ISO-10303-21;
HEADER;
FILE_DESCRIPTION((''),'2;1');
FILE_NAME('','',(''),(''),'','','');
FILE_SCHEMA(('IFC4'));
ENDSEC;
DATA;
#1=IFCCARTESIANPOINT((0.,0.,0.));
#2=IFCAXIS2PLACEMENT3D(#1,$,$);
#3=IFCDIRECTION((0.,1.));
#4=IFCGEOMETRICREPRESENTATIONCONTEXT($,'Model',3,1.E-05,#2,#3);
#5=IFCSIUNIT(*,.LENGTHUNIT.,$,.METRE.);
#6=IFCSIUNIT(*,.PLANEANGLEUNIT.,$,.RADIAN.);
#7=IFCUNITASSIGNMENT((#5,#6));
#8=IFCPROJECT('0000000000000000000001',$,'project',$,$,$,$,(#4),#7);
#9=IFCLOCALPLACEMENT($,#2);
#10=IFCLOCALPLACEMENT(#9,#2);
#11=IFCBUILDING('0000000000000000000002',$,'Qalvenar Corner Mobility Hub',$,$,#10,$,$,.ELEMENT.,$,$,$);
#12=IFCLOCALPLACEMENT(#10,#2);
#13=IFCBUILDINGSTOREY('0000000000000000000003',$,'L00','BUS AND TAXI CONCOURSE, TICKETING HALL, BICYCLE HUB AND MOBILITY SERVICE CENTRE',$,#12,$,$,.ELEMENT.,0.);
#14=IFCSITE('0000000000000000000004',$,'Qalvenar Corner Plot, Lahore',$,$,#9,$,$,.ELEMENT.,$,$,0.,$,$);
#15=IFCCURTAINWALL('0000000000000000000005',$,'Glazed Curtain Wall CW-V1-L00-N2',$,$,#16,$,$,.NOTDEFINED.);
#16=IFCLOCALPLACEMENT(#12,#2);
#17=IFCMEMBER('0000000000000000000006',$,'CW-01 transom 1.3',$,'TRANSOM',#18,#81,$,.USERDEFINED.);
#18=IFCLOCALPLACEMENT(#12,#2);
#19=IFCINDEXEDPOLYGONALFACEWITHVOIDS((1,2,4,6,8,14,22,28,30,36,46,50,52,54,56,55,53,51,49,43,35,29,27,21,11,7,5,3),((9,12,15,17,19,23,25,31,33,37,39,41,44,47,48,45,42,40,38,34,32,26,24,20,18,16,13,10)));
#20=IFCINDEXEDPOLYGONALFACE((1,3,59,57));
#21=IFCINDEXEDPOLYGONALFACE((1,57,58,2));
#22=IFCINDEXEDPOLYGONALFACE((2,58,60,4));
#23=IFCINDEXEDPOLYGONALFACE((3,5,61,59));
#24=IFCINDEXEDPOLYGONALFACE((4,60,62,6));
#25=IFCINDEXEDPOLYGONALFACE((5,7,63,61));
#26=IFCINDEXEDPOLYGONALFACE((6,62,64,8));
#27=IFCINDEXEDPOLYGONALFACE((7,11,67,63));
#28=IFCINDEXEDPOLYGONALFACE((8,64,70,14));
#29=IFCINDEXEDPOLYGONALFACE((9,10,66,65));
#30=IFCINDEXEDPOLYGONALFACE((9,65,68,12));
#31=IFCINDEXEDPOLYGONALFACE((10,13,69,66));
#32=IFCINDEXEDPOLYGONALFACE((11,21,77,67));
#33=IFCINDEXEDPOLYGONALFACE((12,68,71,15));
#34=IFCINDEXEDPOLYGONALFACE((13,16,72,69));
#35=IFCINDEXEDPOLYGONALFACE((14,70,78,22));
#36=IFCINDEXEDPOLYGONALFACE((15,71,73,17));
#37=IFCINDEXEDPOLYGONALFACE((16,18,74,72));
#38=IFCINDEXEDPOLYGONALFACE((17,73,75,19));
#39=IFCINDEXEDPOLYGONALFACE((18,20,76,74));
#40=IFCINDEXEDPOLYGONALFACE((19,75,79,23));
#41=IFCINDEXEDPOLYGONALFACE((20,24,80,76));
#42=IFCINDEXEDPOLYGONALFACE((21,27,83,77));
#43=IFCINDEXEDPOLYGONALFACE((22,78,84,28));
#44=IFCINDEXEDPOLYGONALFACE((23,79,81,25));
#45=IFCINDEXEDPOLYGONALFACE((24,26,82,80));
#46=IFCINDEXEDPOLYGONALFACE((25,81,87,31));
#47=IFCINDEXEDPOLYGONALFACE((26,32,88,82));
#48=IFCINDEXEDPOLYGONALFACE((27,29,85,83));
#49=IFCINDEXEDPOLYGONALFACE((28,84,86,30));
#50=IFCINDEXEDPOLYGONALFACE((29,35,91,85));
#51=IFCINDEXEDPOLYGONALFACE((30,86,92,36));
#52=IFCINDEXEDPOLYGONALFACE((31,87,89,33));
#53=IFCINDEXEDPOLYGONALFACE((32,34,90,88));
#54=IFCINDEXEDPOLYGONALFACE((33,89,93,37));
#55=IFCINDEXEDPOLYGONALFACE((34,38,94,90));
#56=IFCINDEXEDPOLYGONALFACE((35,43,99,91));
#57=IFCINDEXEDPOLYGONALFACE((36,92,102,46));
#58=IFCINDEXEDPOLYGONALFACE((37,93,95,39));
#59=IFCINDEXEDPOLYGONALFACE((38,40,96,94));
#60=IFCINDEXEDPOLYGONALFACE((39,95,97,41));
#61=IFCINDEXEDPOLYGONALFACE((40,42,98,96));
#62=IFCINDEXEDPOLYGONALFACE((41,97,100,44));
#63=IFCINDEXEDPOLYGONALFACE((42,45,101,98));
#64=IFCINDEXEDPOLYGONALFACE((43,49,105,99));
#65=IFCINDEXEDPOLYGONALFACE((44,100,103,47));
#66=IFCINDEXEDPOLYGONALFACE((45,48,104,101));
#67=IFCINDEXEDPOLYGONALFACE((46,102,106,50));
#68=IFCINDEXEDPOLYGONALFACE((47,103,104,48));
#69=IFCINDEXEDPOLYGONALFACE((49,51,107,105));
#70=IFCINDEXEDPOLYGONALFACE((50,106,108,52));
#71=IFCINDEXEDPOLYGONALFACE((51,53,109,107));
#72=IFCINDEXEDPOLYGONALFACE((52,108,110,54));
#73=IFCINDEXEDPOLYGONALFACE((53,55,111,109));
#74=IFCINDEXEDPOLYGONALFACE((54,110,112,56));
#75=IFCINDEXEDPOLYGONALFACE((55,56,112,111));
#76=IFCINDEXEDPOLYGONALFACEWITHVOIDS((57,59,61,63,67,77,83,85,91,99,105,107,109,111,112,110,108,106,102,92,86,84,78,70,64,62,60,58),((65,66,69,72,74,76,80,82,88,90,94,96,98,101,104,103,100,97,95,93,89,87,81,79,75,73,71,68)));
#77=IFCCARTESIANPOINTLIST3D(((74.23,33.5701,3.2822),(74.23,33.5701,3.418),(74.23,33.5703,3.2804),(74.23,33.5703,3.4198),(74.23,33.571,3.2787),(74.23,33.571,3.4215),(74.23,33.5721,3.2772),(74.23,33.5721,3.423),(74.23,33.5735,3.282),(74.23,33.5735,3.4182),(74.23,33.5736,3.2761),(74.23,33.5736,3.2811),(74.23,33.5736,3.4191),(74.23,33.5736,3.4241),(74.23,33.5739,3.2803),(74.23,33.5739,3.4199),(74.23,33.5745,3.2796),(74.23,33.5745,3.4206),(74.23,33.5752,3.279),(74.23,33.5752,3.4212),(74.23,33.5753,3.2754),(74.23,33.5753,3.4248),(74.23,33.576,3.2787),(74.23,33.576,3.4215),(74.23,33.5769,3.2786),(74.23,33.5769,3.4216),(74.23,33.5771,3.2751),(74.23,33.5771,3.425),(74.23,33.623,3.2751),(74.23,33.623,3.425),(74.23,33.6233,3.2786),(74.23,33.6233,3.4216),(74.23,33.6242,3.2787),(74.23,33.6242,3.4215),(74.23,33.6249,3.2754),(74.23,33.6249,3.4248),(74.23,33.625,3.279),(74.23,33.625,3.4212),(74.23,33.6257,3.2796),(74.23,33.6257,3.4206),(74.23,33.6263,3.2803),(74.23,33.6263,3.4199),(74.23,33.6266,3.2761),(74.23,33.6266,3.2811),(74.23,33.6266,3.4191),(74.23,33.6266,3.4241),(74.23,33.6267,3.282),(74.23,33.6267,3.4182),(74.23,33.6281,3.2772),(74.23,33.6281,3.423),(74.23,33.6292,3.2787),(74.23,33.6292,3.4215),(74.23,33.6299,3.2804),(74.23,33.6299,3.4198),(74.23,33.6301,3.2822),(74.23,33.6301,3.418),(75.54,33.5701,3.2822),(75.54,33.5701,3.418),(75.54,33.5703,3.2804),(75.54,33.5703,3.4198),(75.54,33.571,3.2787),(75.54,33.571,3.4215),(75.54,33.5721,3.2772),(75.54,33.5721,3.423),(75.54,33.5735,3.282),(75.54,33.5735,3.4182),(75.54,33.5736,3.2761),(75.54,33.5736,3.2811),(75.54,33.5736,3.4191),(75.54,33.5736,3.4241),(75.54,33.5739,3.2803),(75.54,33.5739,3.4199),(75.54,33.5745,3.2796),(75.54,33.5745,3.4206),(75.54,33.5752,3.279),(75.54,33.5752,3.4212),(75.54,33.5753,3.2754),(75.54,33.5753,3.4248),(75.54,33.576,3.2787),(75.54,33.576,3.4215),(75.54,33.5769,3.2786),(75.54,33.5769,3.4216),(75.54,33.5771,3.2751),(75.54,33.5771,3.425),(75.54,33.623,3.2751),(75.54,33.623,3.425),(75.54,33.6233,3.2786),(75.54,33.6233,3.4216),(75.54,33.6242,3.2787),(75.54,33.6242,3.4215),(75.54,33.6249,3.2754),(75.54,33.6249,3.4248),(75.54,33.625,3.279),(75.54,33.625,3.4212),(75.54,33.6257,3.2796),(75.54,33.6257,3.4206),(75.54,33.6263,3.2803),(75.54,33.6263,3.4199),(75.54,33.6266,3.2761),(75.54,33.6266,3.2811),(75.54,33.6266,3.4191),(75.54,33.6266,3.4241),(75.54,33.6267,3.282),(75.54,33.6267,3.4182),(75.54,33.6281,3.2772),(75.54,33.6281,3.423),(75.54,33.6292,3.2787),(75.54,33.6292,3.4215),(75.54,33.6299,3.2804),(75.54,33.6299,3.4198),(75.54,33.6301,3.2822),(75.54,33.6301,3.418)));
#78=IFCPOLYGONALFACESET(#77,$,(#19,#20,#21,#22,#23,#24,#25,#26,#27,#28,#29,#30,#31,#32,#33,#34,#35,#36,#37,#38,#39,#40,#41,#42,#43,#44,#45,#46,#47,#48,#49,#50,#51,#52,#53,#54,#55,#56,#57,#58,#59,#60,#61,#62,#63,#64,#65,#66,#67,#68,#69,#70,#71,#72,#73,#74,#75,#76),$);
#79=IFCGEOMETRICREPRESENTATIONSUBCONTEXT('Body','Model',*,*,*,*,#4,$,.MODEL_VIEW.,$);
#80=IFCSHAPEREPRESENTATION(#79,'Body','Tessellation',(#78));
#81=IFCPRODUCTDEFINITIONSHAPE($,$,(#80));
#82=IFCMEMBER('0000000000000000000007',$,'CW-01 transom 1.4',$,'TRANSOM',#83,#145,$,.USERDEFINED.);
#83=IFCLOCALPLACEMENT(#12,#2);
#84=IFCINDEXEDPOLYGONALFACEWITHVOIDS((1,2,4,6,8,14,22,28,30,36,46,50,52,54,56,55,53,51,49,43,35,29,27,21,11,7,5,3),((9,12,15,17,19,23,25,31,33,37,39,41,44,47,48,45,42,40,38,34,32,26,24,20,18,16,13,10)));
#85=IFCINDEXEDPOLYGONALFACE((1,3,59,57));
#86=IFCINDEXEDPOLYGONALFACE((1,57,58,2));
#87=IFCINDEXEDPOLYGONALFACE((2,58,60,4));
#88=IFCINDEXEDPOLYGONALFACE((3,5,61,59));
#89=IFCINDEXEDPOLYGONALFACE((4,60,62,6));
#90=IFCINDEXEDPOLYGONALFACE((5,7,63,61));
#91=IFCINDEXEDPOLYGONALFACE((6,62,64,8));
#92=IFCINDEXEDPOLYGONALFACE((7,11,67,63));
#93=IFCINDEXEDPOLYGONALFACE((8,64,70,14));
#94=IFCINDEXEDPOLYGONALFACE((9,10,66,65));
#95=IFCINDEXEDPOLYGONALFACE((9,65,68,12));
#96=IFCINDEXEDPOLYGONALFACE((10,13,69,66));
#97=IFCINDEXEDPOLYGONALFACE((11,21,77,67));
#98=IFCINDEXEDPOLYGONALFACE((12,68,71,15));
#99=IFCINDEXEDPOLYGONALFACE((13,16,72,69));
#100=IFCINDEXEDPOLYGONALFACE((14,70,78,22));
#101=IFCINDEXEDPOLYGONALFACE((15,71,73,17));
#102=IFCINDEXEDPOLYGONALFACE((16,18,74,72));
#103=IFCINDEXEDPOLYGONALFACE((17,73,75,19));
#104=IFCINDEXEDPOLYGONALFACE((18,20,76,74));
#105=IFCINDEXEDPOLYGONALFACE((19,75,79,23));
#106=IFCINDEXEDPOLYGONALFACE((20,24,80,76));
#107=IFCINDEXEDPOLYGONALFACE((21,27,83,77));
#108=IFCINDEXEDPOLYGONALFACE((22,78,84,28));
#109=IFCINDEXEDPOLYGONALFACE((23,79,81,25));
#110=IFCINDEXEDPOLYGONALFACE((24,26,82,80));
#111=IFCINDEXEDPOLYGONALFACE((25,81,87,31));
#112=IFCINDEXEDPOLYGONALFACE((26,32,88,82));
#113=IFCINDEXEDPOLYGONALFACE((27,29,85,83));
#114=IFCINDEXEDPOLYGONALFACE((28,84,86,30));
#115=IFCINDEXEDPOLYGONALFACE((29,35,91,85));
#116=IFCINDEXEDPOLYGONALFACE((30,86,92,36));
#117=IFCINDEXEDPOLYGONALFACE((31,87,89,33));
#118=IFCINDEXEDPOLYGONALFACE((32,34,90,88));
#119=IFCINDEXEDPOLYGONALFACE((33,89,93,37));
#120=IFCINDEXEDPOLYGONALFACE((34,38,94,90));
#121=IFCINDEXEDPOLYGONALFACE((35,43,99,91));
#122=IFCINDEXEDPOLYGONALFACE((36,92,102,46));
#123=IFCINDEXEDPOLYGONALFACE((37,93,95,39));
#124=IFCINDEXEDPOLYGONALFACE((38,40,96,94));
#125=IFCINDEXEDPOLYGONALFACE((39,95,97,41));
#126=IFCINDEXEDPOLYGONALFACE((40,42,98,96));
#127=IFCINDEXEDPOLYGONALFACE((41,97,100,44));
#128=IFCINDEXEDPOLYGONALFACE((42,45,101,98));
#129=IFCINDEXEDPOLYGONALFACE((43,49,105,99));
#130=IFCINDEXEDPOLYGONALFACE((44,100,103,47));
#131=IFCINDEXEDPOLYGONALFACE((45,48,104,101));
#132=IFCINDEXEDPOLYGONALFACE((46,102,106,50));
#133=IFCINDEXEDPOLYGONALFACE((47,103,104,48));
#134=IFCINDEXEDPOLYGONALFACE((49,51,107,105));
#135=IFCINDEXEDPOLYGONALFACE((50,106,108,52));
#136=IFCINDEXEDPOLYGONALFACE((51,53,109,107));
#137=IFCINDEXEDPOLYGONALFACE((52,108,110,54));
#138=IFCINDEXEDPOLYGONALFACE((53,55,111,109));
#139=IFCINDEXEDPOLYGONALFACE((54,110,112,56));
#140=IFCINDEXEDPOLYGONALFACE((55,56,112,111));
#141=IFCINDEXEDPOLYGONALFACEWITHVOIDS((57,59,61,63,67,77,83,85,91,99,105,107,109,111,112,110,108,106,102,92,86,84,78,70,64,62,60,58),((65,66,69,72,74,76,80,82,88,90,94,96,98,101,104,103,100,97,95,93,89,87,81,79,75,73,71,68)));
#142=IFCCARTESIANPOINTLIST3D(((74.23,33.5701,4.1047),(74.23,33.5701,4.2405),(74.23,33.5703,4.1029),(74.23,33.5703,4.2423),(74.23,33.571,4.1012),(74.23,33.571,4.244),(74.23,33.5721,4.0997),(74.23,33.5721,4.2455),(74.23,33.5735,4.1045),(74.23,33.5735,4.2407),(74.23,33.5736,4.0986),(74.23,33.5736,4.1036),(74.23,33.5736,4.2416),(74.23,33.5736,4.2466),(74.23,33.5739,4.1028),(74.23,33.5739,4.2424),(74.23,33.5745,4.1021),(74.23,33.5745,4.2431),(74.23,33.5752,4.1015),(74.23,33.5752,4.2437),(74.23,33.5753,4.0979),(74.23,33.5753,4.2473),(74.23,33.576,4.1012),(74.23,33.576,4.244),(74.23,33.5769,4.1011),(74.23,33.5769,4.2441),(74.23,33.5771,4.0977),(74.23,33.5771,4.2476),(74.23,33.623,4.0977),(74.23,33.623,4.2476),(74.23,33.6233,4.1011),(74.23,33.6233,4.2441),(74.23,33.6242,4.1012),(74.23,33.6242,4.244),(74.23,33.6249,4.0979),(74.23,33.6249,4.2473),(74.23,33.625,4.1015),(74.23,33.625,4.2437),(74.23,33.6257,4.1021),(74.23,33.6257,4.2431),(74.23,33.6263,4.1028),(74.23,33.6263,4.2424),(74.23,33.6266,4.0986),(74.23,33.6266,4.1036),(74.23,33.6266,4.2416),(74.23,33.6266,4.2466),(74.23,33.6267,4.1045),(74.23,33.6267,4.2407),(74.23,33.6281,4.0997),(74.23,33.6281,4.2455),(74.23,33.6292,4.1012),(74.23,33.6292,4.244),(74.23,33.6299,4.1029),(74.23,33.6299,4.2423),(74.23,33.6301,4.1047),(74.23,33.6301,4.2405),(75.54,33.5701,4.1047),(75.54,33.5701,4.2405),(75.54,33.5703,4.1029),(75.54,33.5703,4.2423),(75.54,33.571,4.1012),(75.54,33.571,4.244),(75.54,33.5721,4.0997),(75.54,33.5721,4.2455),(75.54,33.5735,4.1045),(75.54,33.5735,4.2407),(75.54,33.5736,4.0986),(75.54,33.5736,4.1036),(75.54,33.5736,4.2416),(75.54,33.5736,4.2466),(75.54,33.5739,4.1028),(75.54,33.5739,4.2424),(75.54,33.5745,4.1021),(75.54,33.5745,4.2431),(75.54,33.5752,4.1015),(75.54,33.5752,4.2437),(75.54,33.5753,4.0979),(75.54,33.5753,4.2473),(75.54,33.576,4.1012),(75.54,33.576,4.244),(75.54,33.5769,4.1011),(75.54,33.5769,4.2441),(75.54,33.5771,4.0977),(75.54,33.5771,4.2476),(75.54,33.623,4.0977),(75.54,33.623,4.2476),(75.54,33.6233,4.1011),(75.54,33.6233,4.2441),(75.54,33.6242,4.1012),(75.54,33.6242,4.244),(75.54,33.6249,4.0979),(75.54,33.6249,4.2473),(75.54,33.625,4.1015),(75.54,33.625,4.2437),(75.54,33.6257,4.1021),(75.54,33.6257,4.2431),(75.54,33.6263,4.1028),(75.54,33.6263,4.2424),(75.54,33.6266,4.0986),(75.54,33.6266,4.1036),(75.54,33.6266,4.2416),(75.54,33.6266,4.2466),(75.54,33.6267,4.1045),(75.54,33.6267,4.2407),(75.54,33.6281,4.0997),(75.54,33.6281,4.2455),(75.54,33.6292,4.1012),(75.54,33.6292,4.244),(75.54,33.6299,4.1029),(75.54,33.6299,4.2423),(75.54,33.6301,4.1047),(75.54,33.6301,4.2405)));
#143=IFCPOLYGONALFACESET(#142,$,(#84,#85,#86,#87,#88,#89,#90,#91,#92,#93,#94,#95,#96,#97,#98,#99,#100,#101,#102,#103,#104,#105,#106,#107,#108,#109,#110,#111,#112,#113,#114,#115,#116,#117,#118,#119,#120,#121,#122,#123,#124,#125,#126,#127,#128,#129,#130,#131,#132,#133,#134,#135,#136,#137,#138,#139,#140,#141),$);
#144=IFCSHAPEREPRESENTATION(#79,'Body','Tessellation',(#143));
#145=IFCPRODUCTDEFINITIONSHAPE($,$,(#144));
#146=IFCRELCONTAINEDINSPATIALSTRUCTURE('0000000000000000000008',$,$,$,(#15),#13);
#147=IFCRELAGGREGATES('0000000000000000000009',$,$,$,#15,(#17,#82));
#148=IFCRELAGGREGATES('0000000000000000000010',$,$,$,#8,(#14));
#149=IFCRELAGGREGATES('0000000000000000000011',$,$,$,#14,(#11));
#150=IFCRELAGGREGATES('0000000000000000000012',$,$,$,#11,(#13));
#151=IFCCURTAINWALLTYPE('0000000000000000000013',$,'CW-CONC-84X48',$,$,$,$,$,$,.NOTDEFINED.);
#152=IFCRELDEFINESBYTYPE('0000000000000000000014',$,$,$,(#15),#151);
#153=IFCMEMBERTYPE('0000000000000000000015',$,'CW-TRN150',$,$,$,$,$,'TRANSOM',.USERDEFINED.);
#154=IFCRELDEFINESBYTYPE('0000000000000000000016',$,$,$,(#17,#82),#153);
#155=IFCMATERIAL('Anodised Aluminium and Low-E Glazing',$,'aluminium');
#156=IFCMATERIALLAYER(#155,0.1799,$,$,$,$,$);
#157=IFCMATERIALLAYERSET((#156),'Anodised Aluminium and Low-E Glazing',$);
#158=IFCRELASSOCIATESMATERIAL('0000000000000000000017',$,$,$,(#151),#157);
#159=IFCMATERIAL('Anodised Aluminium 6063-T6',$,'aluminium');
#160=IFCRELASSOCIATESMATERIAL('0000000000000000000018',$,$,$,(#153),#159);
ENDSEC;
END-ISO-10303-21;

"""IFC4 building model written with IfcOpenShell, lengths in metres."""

from ifc_helpers import new_model, si_unit, direction, frame, origin, origin_2d, place, context, subcontext, project, spatial, hollow_rectangle, extrude, material, layer, layer_set, material_profile, profile_set, type_object, element, aggregate, save


model = new_model("IFC4")

# Units and contexts
model_context = context("Model", 3, precision=1e-05, world=origin(), true_north=direction((0.0, 1.0)))
body_context = subcontext(model_context, "Body", "Model", "MODEL_VIEW")
ifc_project = project(units=[si_unit("LENGTHUNIT", "METRE"), si_unit("PLANEANGLEUNIT", "RADIAN")], contexts=[model_context])

# Site, building, storey
site_placement = place(None, origin())
site = spatial("IfcSite", under=ifc_project, at=site_placement, Name="Qalvenar Corner Plot, Lahore", CompositionType="ELEMENT", RefElevation=0.0)
building_placement = place(site_placement, origin())
building = spatial("IfcBuilding", under=site, at=building_placement, Name="Qalvenar Corner Mobility Hub", CompositionType="ELEMENT")
storey_placement = place(building_placement, origin())
storey = spatial("IfcBuildingStorey", under=building, at=storey_placement, Name="L00", Description="BUS AND TAXI CONCOURSE, TICKETING HALL, BICYCLE HUB AND MOBILITY SERVICE CENTRE", CompositionType="ELEMENT", Elevation=0.0)

# Curtain wall, members
ifc_material_1 = material(Name="Anodised Aluminium and Low-E Glazing", Category="aluminium")
ifc_layer_1 = layer(ifc_material_1, 0.1799)
ifc_layer_set_1 = layer_set([ifc_layer_1], Name="Anodised Aluminium and Low-E Glazing")
curtain_wall_type = type_object("IfcCurtainWallType", Name="CW-CONC-84X48", PredefinedType="NOTDEFINED", material=ifc_layer_set_1)
curtain_wall_placement = place(storey_placement, origin())
curtain_wall = element("IfcCurtainWall", 1, at=curtain_wall_placement, inside=storey, type_object=curtain_wall_type, Name="Glazed Curtain Wall CW-V1-L00-N2", PredefinedType="NOTDEFINED")
ifc_material_2 = material(Name="Anodised Aluminium 6063-T6", Category="aluminium")
ifc_material_profile_1 = material_profile(ifc_material_2, hollow_rectangle(XDim=0.0601, YDim=0.1499, WallThickness=0.0034, InnerFilletRadius=0.0034, OuterFilletRadius=0.0071, at=origin_2d()), Name="RHS150x60x3.5")
ifc_profile_set_1 = profile_set([ifc_material_profile_1], Name="Anodised Aluminium 6063-T6")
member_type_1 = type_object("IfcMemberType", Name="CW-TRN150", ElementType="TRANSOM", PredefinedType="USERDEFINED", material=ifc_profile_set_1)
member_1_placement = place(storey_placement, frame((75.54, 33.6001, 3.3501), z_axis=(-1.0, 0.0, 0.0), x_axis=(0.0, -1.0, 0.0)))
member_1 = element("IfcMember", 2, at=member_1_placement, type_object=member_type_1, Name="CW-01 transom 1.3", ObjectType="TRANSOM", PredefinedType="USERDEFINED", context=body_context, shape_type="SweptSolid", body=[
    extrude(hollow_rectangle(XDim=0.0601, YDim=0.1499, WallThickness=0.0034, InnerFilletRadius=0.0034, OuterFilletRadius=0.0071, at=origin_2d()), origin(), (0.0, 0.0, 1.0), 1.3101),
])
member_2_placement = place(storey_placement, frame((75.54, 33.6001, 4.1726), z_axis=(-1.0, 0.0, 0.0), x_axis=(0.0, -1.0, 0.0)))
member_2 = element("IfcMember", 3, at=member_2_placement, type_object=member_type_1, Name="CW-01 transom 1.4", ObjectType="TRANSOM", PredefinedType="USERDEFINED", context=body_context, shape_type="SweptSolid", body=[
    extrude(hollow_rectangle(XDim=0.0601, YDim=0.1499, WallThickness=0.0034, InnerFilletRadius=0.0034, OuterFilletRadius=0.0071, at=origin_2d()), origin(), (0.0, 0.0, 1.0), 1.3101),
])
aggregate(curtain_wall, [member_1, member_2])

save(model, "model.ifc")
